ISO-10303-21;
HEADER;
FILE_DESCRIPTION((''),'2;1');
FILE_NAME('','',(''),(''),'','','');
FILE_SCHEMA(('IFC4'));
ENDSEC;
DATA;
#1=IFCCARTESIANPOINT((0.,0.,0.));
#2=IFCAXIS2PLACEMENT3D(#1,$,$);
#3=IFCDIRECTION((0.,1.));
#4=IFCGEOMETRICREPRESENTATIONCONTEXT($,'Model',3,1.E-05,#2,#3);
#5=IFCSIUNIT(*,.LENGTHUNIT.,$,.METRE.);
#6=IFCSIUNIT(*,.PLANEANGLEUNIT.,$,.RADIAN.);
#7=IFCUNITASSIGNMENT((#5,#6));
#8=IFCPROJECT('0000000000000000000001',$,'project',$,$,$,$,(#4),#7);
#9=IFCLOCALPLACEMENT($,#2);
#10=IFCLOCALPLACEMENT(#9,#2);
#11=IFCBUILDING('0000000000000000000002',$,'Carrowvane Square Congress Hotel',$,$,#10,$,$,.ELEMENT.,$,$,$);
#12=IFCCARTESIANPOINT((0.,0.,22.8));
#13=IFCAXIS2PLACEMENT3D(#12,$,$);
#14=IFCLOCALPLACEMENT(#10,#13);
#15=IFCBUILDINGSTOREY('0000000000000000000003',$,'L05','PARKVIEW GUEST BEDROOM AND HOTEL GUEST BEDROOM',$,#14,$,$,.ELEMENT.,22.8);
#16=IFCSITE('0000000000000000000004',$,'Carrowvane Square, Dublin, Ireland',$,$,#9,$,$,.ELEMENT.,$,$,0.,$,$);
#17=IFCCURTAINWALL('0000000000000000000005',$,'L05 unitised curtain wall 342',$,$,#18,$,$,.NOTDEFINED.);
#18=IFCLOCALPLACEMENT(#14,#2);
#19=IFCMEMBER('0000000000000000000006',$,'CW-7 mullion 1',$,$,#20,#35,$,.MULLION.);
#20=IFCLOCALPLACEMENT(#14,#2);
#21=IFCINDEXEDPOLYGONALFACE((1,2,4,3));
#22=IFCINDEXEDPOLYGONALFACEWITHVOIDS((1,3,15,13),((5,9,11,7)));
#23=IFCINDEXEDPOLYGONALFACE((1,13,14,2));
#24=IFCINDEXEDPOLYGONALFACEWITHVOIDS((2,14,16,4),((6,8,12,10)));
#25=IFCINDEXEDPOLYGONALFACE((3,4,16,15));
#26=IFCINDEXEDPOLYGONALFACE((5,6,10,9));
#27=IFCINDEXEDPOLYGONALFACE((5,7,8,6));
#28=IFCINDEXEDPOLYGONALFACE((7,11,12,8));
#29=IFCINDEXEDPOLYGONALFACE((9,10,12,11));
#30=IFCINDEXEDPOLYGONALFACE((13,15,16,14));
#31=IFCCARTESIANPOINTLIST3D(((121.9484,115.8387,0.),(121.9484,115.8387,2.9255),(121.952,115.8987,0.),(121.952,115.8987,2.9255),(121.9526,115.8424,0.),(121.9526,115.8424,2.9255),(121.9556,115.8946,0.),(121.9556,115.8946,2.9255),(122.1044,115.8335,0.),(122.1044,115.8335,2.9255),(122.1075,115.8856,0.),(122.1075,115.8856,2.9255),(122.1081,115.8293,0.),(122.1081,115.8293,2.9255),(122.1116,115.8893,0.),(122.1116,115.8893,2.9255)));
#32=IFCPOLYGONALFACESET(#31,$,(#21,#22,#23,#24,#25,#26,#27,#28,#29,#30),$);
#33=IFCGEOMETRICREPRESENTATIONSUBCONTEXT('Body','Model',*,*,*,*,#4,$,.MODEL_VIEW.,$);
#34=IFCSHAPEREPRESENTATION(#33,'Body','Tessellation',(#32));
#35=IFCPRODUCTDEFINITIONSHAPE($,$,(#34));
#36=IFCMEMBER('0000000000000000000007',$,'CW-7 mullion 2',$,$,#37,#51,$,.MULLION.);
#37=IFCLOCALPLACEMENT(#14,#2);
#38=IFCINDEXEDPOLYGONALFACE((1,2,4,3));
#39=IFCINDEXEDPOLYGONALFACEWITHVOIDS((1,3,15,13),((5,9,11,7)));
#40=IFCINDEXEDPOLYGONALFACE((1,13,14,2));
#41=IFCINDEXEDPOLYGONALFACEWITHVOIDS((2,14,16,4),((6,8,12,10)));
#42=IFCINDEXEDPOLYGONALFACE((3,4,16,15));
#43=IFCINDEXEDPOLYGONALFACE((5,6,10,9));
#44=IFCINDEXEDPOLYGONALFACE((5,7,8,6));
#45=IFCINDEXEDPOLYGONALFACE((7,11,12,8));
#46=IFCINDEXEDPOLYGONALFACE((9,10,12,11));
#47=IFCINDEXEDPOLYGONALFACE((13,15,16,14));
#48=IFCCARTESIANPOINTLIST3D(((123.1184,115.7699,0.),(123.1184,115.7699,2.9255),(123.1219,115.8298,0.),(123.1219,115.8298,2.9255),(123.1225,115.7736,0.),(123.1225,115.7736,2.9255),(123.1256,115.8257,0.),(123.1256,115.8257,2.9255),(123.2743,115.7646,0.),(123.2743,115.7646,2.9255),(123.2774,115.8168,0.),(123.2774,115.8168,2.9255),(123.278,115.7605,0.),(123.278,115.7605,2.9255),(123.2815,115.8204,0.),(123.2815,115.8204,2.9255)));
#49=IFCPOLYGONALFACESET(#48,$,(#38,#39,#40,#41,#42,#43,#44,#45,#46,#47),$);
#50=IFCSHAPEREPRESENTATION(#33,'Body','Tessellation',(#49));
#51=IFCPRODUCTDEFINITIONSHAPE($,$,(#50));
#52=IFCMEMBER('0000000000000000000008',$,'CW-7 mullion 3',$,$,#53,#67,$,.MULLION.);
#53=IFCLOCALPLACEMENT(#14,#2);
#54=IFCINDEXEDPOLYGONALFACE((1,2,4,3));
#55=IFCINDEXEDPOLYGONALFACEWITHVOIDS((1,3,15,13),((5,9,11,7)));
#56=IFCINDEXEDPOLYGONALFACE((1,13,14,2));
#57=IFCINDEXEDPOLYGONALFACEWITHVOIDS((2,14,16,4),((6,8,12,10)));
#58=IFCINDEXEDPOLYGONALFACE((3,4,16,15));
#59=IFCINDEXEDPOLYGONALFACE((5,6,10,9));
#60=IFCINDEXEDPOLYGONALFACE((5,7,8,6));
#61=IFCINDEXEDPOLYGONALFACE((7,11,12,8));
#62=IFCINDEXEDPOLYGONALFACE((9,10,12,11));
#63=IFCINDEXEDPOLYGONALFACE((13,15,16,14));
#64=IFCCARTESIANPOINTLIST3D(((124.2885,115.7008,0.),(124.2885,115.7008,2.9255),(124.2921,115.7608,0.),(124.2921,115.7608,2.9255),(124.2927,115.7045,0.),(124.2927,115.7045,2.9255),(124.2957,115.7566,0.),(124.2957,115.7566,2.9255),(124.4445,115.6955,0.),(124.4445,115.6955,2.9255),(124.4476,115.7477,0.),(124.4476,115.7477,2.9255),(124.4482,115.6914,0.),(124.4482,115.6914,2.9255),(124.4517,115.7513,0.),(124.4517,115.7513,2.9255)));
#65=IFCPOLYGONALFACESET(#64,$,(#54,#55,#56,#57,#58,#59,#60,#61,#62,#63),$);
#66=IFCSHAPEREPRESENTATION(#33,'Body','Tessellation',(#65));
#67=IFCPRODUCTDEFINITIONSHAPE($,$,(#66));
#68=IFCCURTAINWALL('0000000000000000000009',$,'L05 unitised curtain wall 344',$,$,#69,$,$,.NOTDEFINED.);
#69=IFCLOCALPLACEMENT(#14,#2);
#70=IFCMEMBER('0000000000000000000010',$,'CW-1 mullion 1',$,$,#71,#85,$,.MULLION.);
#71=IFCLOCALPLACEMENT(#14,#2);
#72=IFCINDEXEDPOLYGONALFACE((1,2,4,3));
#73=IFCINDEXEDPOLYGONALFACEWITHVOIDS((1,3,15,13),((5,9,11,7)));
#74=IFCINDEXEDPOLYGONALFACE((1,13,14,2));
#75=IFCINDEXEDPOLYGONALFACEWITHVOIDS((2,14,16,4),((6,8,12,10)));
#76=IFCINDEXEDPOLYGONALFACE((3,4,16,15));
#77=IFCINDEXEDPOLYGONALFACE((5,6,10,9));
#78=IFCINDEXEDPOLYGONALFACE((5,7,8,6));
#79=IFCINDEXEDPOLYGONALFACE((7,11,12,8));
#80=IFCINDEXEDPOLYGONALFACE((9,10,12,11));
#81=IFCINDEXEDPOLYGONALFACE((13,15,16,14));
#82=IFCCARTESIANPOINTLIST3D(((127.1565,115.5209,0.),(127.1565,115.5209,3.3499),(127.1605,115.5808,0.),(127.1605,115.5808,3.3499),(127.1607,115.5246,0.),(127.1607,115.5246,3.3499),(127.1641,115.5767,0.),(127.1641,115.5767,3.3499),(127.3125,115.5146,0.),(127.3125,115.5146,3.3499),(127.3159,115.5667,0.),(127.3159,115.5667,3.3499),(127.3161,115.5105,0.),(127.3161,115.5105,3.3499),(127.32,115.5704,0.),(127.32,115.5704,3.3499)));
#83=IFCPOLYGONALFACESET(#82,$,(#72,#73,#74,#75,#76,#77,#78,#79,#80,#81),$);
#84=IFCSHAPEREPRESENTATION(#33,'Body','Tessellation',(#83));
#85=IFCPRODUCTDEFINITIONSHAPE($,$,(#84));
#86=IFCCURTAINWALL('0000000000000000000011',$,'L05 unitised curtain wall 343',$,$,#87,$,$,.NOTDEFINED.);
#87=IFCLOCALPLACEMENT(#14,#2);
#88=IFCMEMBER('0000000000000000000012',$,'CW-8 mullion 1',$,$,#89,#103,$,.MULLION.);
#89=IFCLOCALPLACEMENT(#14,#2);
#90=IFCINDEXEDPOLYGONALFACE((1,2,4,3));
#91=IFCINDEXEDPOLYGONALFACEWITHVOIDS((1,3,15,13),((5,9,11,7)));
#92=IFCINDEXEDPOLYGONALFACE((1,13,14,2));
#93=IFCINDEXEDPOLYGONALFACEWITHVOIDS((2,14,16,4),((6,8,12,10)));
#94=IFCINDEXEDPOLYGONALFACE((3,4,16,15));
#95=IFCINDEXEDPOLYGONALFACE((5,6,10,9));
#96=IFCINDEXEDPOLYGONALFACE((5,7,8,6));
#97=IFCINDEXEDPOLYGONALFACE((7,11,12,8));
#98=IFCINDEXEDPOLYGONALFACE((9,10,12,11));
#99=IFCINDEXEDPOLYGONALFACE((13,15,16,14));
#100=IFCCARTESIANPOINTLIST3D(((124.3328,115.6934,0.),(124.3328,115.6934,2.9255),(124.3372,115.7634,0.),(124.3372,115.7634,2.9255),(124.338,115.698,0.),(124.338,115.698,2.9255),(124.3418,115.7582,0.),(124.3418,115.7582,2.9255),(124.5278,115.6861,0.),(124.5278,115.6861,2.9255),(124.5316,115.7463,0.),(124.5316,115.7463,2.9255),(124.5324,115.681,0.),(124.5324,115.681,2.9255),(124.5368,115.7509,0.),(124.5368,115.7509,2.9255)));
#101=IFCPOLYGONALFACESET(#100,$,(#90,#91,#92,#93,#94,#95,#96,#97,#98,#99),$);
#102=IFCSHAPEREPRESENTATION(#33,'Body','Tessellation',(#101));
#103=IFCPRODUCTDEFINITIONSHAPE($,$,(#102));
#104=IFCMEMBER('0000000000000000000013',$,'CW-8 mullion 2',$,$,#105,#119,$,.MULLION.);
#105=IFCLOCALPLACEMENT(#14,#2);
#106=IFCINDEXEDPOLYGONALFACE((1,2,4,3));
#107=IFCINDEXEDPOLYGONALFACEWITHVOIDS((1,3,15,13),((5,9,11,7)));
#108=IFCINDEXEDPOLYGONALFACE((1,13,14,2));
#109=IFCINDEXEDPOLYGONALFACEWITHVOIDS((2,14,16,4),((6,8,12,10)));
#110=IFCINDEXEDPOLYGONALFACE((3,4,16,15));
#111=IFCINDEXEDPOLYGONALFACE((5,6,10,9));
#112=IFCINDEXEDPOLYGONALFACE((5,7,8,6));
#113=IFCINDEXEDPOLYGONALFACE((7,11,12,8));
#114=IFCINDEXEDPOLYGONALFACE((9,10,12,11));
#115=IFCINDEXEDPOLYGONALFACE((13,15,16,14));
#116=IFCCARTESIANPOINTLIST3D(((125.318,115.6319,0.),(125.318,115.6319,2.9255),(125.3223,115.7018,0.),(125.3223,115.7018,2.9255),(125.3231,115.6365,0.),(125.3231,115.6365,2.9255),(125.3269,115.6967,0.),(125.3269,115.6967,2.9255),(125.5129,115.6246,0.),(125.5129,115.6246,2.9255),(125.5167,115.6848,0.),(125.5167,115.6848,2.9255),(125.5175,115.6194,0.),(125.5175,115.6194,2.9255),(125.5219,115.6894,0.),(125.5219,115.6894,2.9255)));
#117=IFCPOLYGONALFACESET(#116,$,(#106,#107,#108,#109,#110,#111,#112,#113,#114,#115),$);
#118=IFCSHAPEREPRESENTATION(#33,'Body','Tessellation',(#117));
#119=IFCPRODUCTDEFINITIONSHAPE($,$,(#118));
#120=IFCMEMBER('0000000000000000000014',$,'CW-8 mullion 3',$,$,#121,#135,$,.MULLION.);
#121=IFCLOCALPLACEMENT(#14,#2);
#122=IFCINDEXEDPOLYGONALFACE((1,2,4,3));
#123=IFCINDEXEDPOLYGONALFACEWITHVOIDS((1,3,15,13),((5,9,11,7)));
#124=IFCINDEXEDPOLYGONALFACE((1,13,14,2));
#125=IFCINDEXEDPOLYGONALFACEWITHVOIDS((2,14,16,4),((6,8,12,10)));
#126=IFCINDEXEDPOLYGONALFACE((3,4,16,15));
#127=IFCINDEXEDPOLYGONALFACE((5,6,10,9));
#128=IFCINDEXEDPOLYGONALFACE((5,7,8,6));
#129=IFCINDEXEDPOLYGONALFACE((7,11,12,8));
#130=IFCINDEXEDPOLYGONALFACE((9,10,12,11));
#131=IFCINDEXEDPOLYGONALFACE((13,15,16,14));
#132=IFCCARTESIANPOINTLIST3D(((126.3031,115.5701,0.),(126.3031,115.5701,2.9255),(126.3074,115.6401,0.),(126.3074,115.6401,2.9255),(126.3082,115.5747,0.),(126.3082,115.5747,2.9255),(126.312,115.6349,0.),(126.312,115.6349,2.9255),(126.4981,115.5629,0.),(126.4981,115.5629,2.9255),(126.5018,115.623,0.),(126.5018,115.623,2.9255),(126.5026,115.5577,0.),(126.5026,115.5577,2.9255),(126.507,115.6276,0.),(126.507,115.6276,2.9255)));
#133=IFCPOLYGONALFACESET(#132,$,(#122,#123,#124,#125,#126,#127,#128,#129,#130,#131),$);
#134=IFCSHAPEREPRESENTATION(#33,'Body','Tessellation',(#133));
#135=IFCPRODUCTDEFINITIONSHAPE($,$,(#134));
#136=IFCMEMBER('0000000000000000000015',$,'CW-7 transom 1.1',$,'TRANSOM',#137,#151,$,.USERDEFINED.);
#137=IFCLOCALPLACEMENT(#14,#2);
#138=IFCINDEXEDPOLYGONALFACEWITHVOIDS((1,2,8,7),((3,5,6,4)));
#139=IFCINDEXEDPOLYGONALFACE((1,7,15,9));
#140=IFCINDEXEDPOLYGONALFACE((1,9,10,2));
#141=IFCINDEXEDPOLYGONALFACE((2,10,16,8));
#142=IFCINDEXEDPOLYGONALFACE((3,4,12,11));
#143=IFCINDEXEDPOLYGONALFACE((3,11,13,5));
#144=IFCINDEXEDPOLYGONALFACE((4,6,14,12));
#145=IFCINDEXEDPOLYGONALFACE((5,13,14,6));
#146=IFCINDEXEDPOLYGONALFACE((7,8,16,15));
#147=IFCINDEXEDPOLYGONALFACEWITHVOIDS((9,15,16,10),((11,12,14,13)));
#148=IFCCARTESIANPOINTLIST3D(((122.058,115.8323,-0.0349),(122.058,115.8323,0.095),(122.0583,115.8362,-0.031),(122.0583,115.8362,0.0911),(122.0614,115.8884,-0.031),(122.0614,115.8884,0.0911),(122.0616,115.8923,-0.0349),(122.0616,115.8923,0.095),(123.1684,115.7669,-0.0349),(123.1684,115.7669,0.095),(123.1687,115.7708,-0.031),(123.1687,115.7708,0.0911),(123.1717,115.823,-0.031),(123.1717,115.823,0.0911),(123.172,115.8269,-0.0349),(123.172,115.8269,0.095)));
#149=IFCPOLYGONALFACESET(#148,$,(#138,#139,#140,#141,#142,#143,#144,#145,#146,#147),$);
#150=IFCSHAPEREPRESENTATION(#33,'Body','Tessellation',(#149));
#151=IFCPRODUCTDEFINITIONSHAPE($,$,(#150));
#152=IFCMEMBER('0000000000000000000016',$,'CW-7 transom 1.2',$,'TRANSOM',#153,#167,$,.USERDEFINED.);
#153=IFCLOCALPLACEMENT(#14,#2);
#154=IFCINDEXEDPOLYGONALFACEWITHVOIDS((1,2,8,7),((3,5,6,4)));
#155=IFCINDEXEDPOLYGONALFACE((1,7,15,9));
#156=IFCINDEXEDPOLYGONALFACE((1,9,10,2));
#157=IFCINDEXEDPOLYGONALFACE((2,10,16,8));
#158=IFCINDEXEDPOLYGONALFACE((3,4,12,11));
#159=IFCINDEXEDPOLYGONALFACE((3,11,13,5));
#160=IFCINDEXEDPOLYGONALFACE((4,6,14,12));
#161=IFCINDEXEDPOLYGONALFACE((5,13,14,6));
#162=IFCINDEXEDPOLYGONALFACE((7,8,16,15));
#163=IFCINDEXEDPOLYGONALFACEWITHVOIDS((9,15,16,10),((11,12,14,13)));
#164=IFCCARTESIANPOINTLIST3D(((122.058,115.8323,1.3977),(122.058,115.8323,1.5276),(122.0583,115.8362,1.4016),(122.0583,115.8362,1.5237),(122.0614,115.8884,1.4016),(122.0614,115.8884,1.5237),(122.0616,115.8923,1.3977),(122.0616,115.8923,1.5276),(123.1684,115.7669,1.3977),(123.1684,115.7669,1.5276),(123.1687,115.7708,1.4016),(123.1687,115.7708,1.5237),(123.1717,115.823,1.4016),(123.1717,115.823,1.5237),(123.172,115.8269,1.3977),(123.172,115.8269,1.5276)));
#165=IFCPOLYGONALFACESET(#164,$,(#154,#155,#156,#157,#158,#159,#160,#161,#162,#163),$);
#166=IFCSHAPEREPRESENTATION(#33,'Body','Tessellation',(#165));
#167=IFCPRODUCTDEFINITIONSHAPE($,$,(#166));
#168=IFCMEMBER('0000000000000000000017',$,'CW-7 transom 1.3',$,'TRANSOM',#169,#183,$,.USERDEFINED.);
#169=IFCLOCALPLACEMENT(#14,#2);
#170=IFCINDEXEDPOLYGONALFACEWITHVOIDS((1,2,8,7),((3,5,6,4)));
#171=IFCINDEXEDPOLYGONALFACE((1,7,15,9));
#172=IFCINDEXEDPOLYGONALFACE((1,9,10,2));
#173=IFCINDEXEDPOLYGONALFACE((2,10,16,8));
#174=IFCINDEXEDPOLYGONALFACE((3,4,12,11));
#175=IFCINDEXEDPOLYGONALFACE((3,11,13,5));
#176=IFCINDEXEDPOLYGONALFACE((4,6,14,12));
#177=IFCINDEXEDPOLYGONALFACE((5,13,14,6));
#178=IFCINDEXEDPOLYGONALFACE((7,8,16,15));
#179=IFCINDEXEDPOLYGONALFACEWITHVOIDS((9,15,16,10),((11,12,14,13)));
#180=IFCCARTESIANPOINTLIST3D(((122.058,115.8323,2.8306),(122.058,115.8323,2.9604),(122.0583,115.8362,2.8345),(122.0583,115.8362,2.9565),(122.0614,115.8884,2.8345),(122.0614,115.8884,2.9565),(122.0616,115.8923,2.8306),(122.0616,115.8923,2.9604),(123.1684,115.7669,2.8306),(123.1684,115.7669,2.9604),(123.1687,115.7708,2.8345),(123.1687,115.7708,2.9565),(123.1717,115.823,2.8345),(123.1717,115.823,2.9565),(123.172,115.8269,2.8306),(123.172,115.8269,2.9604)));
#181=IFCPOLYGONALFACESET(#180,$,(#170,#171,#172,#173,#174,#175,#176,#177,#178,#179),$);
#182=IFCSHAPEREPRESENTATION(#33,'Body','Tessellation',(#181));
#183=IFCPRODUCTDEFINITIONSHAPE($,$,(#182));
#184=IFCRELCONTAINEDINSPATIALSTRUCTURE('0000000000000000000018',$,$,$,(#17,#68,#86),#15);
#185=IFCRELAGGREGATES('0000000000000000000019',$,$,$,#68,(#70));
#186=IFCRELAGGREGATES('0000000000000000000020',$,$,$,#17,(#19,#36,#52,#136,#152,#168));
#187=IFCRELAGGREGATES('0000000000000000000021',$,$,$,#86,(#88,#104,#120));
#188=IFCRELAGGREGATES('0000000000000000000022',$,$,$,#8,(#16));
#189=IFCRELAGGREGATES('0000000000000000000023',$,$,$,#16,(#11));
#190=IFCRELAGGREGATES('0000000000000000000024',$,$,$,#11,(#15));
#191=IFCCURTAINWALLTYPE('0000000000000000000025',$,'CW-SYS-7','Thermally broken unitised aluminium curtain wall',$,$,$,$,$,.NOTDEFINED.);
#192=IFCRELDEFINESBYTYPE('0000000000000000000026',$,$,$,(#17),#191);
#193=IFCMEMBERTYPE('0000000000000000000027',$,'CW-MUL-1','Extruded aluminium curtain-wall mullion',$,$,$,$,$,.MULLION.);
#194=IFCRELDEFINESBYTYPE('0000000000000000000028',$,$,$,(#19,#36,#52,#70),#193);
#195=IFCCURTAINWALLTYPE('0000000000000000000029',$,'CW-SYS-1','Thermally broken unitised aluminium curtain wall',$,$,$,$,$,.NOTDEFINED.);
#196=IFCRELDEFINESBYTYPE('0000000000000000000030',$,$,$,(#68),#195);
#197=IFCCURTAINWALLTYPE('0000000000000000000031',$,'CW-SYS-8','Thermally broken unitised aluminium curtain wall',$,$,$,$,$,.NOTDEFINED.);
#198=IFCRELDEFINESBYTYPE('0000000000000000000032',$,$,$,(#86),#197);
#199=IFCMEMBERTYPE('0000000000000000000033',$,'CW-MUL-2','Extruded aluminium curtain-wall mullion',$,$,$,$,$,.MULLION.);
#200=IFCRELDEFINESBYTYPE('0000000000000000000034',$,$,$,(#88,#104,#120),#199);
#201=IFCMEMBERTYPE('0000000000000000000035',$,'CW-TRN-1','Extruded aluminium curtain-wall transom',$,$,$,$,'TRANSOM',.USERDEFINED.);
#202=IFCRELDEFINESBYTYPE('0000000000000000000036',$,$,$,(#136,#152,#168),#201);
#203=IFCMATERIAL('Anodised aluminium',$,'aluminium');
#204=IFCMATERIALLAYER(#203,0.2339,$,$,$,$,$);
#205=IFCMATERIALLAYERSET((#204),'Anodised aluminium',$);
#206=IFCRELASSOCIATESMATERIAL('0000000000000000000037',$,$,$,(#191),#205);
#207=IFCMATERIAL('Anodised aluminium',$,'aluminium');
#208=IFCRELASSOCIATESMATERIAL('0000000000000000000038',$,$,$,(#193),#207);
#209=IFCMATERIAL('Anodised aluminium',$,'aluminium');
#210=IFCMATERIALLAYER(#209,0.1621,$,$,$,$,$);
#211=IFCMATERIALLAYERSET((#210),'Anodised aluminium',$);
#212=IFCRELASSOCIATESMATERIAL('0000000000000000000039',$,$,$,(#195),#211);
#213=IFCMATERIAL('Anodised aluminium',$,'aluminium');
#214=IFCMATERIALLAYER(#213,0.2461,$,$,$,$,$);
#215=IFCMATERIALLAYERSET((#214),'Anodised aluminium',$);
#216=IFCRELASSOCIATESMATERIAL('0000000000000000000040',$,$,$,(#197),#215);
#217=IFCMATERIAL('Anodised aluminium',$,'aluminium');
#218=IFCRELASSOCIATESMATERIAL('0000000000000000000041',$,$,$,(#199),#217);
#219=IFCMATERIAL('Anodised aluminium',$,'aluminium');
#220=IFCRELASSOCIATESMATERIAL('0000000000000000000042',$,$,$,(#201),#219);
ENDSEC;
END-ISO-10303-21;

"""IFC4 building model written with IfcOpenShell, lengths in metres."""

from ifc_helpers import new_model, si_unit, direction, frame, origin, origin_2d, place, context, subcontext, project, spatial, hollow_rectangle, extrude, material, layer, layer_set, material_profile, profile_set, type_object, element, aggregate, save


model = new_model("IFC4")

# Units and contexts
model_context = context("Model", 3, precision=1e-05, world=origin(), true_north=direction((0.0, 1.0)))
body_context = subcontext(model_context, "Body", "Model", "MODEL_VIEW")
ifc_project = project(units=[si_unit("LENGTHUNIT", "METRE"), si_unit("PLANEANGLEUNIT", "RADIAN")], contexts=[model_context])

# Site, building, storey
site_placement = place(None, origin())
site = spatial("IfcSite", under=ifc_project, at=site_placement, Name="Carrowvane Square, Dublin, Ireland", CompositionType="ELEMENT", RefElevation=0.0)
building_placement = place(site_placement, origin())
building = spatial("IfcBuilding", under=site, at=building_placement, Name="Carrowvane Square Congress Hotel", CompositionType="ELEMENT")
storey_placement = place(building_placement, frame((0.0, 0.0, 22.8)))
storey = spatial("IfcBuildingStorey", under=building, at=storey_placement, Name="L05", Description="PARKVIEW GUEST BEDROOM AND HOTEL GUEST BEDROOM", CompositionType="ELEMENT", Elevation=22.8)

# Curtain wall, members
ifc_material_1 = material(Name="Anodised aluminium", Category="aluminium")
ifc_layer_1 = layer(ifc_material_1, 0.2339)
ifc_layer_set_1 = layer_set([ifc_layer_1], Name="Anodised aluminium")
curtain_wall_type_1 = type_object("IfcCurtainWallType", Name="CW-SYS-7", Description="Thermally broken unitised aluminium curtain wall", PredefinedType="NOTDEFINED", material=ifc_layer_set_1)
curtain_wall_1_placement = place(storey_placement, origin())
curtain_wall_1 = element("IfcCurtainWall", 1, at=curtain_wall_1_placement, inside=storey, type_object=curtain_wall_type_1, Name="L05 unitised curtain wall 342", PredefinedType="NOTDEFINED")
ifc_material_2 = material(Name="Anodised aluminium", Category="aluminium")
ifc_material_profile_1 = material_profile(ifc_material_2, hollow_rectangle(XDim=0.0601, YDim=0.1599, WallThickness=0.0039, at=origin_2d()), Name="CW-ML 60x160x4")
ifc_profile_set_1 = profile_set([ifc_material_profile_1], Name="Anodised aluminium")
member_type_1 = type_object("IfcMemberType", Name="CW-MUL-1", Description="Extruded aluminium curtain-wall mullion", PredefinedType="MULLION", material=ifc_profile_set_1)
member_1_placement = place(storey_placement, frame((122.03, 115.864, 0.0), z_axis=(0.0, 0.0, 1.0), x_axis=(0.058851, 0.998267, 0.0)))
member_1 = element("IfcMember", 2, at=member_1_placement, type_object=member_type_1, Name="CW-7 mullion 1", PredefinedType="MULLION", context=body_context, shape_type="SweptSolid", body=[
    extrude(hollow_rectangle(XDim=0.0601, YDim=0.1599, WallThickness=0.0039, at=origin_2d()), origin(), (0.0, 0.0, 1.0), 2.9255),
])
member_2_placement = place(storey_placement, frame((123.2, 115.7952, 0.0), z_axis=(0.0, 0.0, 1.0), x_axis=(0.058851, 0.998267, 0.0)))
member_2 = element("IfcMember", 3, at=member_2_placement, type_object=member_type_1, Name="CW-7 mullion 2", PredefinedType="MULLION", context=body_context, shape_type="SweptSolid", body=[
    extrude(hollow_rectangle(XDim=0.0601, YDim=0.1599, WallThickness=0.0039, at=origin_2d()), origin(), (0.0, 0.0, 1.0), 2.9255),
])
member_3_placement = place(storey_placement, frame((124.3701, 115.7261, 0.0), z_axis=(0.0, 0.0, 1.0), x_axis=(0.058851, 0.998267, 0.0)))
member_3 = element("IfcMember", 4, at=member_3_placement, type_object=member_type_1, Name="CW-7 mullion 3", PredefinedType="MULLION", context=body_context, shape_type="SweptSolid", body=[
    extrude(hollow_rectangle(XDim=0.0601, YDim=0.1599, WallThickness=0.0039, at=origin_2d()), origin(), (0.0, 0.0, 1.0), 2.9255),
])

# Curtain wall, member
ifc_material_3 = material(Name="Anodised aluminium", Category="aluminium")
ifc_layer_2 = layer(ifc_material_3, 0.1621)
ifc_layer_set_2 = layer_set([ifc_layer_2], Name="Anodised aluminium")
curtain_wall_type_2 = type_object("IfcCurtainWallType", Name="CW-SYS-1", Description="Thermally broken unitised aluminium curtain wall", PredefinedType="NOTDEFINED", material=ifc_layer_set_2)
curtain_wall_2_placement = place(storey_placement, origin())
curtain_wall_2 = element("IfcCurtainWall", 5, at=curtain_wall_2_placement, inside=storey, type_object=curtain_wall_type_2, Name="L05 unitised curtain wall 344", PredefinedType="NOTDEFINED")
member_4_placement = place(storey_placement, frame((127.2383, 115.5457, 0.0), z_axis=(0.0, 0.0, 1.0), x_axis=(0.065414, 0.997858, 0.0)))
member_4 = element("IfcMember", 6, at=member_4_placement, type_object=member_type_1, Name="CW-1 mullion 1", PredefinedType="MULLION", context=body_context, shape_type="SweptSolid", body=[
    extrude(hollow_rectangle(XDim=0.0601, YDim=0.1599, WallThickness=0.0039, at=origin_2d()), origin(), (0.0, 0.0, 1.0), 3.3499),
])

# Curtain wall, members
ifc_material_4 = material(Name="Anodised aluminium", Category="aluminium")
ifc_layer_3 = layer(ifc_material_4, 0.2461)
ifc_layer_set_3 = layer_set([ifc_layer_3], Name="Anodised aluminium")
curtain_wall_type_3 = type_object("IfcCurtainWallType", Name="CW-SYS-8", Description="Thermally broken unitised aluminium curtain wall", PredefinedType="NOTDEFINED", material=ifc_layer_set_3)
curtain_wall_3_placement = place(storey_placement, origin())
curtain_wall_3 = element("IfcCurtainWall", 7, at=curtain_wall_3_placement, inside=storey, type_object=curtain_wall_type_3, Name="L05 unitised curtain wall 343", PredefinedType="NOTDEFINED")
ifc_material_5 = material(Name="Anodised aluminium", Category="aluminium")
ifc_material_profile_2 = material_profile(ifc_material_5, hollow_rectangle(XDim=0.0701, YDim=0.2, WallThickness=0.0049, at=origin_2d()), Name="CW-ML 70x200x5")
ifc_profile_set_2 = profile_set([ifc_material_profile_2], Name="Anodised aluminium")
member_type_2 = type_object("IfcMemberType", Name="CW-MUL-2", Description="Extruded aluminium curtain-wall mullion", PredefinedType="MULLION", material=ifc_profile_set_2)
member_5_placement = place(storey_placement, frame((124.4348, 115.7222, 0.0), z_axis=(0.0, 0.0, 1.0), x_axis=(0.062397, 0.998051, 0.0)))
member_5 = element("IfcMember", 8, at=member_5_placement, type_object=member_type_2, Name="CW-8 mullion 1", PredefinedType="MULLION", context=body_context, shape_type="SweptSolid", body=[
    extrude(hollow_rectangle(XDim=0.0701, YDim=0.2, WallThickness=0.0049, at=origin_2d()), origin(), (0.0, 0.0, 1.0), 2.9255),
])
member_6_placement = place(storey_placement, frame((125.4199, 115.6606, 0.0), z_axis=(0.0, 0.0, 1.0), x_axis=(0.062397, 0.998051, 0.0)))
member_6 = element("IfcMember", 9, at=member_6_placement, type_object=member_type_2, Name="CW-8 mullion 2", PredefinedType="MULLION", context=body_context, shape_type="SweptSolid", body=[
    extrude(hollow_rectangle(XDim=0.0701, YDim=0.2, WallThickness=0.0049, at=origin_2d()), origin(), (0.0, 0.0, 1.0), 2.9255),
])
member_7_placement = place(storey_placement, frame((126.405, 115.5989, 0.0), z_axis=(0.0, 0.0, 1.0), x_axis=(0.062397, 0.998051, 0.0)))
member_7 = element("IfcMember", 10, at=member_7_placement, type_object=member_type_2, Name="CW-8 mullion 3", PredefinedType="MULLION", context=body_context, shape_type="SweptSolid", body=[
    extrude(hollow_rectangle(XDim=0.0701, YDim=0.2, WallThickness=0.0049, at=origin_2d()), origin(), (0.0, 0.0, 1.0), 2.9255),
])

# Members
ifc_material_6 = material(Name="Anodised aluminium", Category="aluminium")
ifc_material_profile_3 = material_profile(ifc_material_6, hollow_rectangle(XDim=0.0601, YDim=0.1299, WallThickness=0.0039, at=origin_2d()), Name="CW-TR 60x130x4")
ifc_profile_set_3 = profile_set([ifc_material_profile_3], Name="Anodised aluminium")
member_type_3 = type_object("IfcMemberType", Name="CW-TRN-1", Description="Extruded aluminium curtain-wall transom", ElementType="TRANSOM", PredefinedType="USERDEFINED", material=ifc_profile_set_3)
member_8_placement = place(storey_placement, frame((122.0598, 115.8623, 0.03), z_axis=(0.998268, -0.058825, 0.0), x_axis=(0.058825, 0.998268, 0.0)))
member_8 = element("IfcMember", 11, at=member_8_placement, type_object=member_type_3, Name="CW-7 transom 1.1", ObjectType="TRANSOM", PredefinedType="USERDEFINED", context=body_context, shape_type="SweptSolid", body=[
    extrude(hollow_rectangle(XDim=0.0601, YDim=0.1299, WallThickness=0.0039, at=origin_2d()), origin(), (0.0, 0.0, 1.0), 1.1123),
])
member_9_placement = place(storey_placement, frame((122.0598, 115.8623, 1.4626), z_axis=(0.998268, -0.058825, 0.0), x_axis=(0.058825, 0.998268, 0.0)))
member_9 = element("IfcMember", 12, at=member_9_placement, type_object=member_type_3, Name="CW-7 transom 1.2", ObjectType="TRANSOM", PredefinedType="USERDEFINED", context=body_context, shape_type="SweptSolid", body=[
    extrude(hollow_rectangle(XDim=0.0601, YDim=0.1299, WallThickness=0.0039, at=origin_2d()), origin(), (0.0, 0.0, 1.0), 1.1123),
])
member_10_placement = place(storey_placement, frame((122.0598, 115.8623, 2.8955), z_axis=(0.998268, -0.058825, 0.0), x_axis=(0.058825, 0.998268, 0.0)))
member_10 = element("IfcMember", 13, at=member_10_placement, type_object=member_type_3, Name="CW-7 transom 1.3", ObjectType="TRANSOM", PredefinedType="USERDEFINED", context=body_context, shape_type="SweptSolid", body=[
    extrude(hollow_rectangle(XDim=0.0601, YDim=0.1299, WallThickness=0.0039, at=origin_2d()), origin(), (0.0, 0.0, 1.0), 1.1123),
])
aggregate(curtain_wall_2, [member_4])

aggregate(curtain_wall_1, [member_1, member_2, member_3, member_8, member_9, member_10])
aggregate(curtain_wall_3, [member_5, member_6, member_7])

save(model, "model.ifc")
